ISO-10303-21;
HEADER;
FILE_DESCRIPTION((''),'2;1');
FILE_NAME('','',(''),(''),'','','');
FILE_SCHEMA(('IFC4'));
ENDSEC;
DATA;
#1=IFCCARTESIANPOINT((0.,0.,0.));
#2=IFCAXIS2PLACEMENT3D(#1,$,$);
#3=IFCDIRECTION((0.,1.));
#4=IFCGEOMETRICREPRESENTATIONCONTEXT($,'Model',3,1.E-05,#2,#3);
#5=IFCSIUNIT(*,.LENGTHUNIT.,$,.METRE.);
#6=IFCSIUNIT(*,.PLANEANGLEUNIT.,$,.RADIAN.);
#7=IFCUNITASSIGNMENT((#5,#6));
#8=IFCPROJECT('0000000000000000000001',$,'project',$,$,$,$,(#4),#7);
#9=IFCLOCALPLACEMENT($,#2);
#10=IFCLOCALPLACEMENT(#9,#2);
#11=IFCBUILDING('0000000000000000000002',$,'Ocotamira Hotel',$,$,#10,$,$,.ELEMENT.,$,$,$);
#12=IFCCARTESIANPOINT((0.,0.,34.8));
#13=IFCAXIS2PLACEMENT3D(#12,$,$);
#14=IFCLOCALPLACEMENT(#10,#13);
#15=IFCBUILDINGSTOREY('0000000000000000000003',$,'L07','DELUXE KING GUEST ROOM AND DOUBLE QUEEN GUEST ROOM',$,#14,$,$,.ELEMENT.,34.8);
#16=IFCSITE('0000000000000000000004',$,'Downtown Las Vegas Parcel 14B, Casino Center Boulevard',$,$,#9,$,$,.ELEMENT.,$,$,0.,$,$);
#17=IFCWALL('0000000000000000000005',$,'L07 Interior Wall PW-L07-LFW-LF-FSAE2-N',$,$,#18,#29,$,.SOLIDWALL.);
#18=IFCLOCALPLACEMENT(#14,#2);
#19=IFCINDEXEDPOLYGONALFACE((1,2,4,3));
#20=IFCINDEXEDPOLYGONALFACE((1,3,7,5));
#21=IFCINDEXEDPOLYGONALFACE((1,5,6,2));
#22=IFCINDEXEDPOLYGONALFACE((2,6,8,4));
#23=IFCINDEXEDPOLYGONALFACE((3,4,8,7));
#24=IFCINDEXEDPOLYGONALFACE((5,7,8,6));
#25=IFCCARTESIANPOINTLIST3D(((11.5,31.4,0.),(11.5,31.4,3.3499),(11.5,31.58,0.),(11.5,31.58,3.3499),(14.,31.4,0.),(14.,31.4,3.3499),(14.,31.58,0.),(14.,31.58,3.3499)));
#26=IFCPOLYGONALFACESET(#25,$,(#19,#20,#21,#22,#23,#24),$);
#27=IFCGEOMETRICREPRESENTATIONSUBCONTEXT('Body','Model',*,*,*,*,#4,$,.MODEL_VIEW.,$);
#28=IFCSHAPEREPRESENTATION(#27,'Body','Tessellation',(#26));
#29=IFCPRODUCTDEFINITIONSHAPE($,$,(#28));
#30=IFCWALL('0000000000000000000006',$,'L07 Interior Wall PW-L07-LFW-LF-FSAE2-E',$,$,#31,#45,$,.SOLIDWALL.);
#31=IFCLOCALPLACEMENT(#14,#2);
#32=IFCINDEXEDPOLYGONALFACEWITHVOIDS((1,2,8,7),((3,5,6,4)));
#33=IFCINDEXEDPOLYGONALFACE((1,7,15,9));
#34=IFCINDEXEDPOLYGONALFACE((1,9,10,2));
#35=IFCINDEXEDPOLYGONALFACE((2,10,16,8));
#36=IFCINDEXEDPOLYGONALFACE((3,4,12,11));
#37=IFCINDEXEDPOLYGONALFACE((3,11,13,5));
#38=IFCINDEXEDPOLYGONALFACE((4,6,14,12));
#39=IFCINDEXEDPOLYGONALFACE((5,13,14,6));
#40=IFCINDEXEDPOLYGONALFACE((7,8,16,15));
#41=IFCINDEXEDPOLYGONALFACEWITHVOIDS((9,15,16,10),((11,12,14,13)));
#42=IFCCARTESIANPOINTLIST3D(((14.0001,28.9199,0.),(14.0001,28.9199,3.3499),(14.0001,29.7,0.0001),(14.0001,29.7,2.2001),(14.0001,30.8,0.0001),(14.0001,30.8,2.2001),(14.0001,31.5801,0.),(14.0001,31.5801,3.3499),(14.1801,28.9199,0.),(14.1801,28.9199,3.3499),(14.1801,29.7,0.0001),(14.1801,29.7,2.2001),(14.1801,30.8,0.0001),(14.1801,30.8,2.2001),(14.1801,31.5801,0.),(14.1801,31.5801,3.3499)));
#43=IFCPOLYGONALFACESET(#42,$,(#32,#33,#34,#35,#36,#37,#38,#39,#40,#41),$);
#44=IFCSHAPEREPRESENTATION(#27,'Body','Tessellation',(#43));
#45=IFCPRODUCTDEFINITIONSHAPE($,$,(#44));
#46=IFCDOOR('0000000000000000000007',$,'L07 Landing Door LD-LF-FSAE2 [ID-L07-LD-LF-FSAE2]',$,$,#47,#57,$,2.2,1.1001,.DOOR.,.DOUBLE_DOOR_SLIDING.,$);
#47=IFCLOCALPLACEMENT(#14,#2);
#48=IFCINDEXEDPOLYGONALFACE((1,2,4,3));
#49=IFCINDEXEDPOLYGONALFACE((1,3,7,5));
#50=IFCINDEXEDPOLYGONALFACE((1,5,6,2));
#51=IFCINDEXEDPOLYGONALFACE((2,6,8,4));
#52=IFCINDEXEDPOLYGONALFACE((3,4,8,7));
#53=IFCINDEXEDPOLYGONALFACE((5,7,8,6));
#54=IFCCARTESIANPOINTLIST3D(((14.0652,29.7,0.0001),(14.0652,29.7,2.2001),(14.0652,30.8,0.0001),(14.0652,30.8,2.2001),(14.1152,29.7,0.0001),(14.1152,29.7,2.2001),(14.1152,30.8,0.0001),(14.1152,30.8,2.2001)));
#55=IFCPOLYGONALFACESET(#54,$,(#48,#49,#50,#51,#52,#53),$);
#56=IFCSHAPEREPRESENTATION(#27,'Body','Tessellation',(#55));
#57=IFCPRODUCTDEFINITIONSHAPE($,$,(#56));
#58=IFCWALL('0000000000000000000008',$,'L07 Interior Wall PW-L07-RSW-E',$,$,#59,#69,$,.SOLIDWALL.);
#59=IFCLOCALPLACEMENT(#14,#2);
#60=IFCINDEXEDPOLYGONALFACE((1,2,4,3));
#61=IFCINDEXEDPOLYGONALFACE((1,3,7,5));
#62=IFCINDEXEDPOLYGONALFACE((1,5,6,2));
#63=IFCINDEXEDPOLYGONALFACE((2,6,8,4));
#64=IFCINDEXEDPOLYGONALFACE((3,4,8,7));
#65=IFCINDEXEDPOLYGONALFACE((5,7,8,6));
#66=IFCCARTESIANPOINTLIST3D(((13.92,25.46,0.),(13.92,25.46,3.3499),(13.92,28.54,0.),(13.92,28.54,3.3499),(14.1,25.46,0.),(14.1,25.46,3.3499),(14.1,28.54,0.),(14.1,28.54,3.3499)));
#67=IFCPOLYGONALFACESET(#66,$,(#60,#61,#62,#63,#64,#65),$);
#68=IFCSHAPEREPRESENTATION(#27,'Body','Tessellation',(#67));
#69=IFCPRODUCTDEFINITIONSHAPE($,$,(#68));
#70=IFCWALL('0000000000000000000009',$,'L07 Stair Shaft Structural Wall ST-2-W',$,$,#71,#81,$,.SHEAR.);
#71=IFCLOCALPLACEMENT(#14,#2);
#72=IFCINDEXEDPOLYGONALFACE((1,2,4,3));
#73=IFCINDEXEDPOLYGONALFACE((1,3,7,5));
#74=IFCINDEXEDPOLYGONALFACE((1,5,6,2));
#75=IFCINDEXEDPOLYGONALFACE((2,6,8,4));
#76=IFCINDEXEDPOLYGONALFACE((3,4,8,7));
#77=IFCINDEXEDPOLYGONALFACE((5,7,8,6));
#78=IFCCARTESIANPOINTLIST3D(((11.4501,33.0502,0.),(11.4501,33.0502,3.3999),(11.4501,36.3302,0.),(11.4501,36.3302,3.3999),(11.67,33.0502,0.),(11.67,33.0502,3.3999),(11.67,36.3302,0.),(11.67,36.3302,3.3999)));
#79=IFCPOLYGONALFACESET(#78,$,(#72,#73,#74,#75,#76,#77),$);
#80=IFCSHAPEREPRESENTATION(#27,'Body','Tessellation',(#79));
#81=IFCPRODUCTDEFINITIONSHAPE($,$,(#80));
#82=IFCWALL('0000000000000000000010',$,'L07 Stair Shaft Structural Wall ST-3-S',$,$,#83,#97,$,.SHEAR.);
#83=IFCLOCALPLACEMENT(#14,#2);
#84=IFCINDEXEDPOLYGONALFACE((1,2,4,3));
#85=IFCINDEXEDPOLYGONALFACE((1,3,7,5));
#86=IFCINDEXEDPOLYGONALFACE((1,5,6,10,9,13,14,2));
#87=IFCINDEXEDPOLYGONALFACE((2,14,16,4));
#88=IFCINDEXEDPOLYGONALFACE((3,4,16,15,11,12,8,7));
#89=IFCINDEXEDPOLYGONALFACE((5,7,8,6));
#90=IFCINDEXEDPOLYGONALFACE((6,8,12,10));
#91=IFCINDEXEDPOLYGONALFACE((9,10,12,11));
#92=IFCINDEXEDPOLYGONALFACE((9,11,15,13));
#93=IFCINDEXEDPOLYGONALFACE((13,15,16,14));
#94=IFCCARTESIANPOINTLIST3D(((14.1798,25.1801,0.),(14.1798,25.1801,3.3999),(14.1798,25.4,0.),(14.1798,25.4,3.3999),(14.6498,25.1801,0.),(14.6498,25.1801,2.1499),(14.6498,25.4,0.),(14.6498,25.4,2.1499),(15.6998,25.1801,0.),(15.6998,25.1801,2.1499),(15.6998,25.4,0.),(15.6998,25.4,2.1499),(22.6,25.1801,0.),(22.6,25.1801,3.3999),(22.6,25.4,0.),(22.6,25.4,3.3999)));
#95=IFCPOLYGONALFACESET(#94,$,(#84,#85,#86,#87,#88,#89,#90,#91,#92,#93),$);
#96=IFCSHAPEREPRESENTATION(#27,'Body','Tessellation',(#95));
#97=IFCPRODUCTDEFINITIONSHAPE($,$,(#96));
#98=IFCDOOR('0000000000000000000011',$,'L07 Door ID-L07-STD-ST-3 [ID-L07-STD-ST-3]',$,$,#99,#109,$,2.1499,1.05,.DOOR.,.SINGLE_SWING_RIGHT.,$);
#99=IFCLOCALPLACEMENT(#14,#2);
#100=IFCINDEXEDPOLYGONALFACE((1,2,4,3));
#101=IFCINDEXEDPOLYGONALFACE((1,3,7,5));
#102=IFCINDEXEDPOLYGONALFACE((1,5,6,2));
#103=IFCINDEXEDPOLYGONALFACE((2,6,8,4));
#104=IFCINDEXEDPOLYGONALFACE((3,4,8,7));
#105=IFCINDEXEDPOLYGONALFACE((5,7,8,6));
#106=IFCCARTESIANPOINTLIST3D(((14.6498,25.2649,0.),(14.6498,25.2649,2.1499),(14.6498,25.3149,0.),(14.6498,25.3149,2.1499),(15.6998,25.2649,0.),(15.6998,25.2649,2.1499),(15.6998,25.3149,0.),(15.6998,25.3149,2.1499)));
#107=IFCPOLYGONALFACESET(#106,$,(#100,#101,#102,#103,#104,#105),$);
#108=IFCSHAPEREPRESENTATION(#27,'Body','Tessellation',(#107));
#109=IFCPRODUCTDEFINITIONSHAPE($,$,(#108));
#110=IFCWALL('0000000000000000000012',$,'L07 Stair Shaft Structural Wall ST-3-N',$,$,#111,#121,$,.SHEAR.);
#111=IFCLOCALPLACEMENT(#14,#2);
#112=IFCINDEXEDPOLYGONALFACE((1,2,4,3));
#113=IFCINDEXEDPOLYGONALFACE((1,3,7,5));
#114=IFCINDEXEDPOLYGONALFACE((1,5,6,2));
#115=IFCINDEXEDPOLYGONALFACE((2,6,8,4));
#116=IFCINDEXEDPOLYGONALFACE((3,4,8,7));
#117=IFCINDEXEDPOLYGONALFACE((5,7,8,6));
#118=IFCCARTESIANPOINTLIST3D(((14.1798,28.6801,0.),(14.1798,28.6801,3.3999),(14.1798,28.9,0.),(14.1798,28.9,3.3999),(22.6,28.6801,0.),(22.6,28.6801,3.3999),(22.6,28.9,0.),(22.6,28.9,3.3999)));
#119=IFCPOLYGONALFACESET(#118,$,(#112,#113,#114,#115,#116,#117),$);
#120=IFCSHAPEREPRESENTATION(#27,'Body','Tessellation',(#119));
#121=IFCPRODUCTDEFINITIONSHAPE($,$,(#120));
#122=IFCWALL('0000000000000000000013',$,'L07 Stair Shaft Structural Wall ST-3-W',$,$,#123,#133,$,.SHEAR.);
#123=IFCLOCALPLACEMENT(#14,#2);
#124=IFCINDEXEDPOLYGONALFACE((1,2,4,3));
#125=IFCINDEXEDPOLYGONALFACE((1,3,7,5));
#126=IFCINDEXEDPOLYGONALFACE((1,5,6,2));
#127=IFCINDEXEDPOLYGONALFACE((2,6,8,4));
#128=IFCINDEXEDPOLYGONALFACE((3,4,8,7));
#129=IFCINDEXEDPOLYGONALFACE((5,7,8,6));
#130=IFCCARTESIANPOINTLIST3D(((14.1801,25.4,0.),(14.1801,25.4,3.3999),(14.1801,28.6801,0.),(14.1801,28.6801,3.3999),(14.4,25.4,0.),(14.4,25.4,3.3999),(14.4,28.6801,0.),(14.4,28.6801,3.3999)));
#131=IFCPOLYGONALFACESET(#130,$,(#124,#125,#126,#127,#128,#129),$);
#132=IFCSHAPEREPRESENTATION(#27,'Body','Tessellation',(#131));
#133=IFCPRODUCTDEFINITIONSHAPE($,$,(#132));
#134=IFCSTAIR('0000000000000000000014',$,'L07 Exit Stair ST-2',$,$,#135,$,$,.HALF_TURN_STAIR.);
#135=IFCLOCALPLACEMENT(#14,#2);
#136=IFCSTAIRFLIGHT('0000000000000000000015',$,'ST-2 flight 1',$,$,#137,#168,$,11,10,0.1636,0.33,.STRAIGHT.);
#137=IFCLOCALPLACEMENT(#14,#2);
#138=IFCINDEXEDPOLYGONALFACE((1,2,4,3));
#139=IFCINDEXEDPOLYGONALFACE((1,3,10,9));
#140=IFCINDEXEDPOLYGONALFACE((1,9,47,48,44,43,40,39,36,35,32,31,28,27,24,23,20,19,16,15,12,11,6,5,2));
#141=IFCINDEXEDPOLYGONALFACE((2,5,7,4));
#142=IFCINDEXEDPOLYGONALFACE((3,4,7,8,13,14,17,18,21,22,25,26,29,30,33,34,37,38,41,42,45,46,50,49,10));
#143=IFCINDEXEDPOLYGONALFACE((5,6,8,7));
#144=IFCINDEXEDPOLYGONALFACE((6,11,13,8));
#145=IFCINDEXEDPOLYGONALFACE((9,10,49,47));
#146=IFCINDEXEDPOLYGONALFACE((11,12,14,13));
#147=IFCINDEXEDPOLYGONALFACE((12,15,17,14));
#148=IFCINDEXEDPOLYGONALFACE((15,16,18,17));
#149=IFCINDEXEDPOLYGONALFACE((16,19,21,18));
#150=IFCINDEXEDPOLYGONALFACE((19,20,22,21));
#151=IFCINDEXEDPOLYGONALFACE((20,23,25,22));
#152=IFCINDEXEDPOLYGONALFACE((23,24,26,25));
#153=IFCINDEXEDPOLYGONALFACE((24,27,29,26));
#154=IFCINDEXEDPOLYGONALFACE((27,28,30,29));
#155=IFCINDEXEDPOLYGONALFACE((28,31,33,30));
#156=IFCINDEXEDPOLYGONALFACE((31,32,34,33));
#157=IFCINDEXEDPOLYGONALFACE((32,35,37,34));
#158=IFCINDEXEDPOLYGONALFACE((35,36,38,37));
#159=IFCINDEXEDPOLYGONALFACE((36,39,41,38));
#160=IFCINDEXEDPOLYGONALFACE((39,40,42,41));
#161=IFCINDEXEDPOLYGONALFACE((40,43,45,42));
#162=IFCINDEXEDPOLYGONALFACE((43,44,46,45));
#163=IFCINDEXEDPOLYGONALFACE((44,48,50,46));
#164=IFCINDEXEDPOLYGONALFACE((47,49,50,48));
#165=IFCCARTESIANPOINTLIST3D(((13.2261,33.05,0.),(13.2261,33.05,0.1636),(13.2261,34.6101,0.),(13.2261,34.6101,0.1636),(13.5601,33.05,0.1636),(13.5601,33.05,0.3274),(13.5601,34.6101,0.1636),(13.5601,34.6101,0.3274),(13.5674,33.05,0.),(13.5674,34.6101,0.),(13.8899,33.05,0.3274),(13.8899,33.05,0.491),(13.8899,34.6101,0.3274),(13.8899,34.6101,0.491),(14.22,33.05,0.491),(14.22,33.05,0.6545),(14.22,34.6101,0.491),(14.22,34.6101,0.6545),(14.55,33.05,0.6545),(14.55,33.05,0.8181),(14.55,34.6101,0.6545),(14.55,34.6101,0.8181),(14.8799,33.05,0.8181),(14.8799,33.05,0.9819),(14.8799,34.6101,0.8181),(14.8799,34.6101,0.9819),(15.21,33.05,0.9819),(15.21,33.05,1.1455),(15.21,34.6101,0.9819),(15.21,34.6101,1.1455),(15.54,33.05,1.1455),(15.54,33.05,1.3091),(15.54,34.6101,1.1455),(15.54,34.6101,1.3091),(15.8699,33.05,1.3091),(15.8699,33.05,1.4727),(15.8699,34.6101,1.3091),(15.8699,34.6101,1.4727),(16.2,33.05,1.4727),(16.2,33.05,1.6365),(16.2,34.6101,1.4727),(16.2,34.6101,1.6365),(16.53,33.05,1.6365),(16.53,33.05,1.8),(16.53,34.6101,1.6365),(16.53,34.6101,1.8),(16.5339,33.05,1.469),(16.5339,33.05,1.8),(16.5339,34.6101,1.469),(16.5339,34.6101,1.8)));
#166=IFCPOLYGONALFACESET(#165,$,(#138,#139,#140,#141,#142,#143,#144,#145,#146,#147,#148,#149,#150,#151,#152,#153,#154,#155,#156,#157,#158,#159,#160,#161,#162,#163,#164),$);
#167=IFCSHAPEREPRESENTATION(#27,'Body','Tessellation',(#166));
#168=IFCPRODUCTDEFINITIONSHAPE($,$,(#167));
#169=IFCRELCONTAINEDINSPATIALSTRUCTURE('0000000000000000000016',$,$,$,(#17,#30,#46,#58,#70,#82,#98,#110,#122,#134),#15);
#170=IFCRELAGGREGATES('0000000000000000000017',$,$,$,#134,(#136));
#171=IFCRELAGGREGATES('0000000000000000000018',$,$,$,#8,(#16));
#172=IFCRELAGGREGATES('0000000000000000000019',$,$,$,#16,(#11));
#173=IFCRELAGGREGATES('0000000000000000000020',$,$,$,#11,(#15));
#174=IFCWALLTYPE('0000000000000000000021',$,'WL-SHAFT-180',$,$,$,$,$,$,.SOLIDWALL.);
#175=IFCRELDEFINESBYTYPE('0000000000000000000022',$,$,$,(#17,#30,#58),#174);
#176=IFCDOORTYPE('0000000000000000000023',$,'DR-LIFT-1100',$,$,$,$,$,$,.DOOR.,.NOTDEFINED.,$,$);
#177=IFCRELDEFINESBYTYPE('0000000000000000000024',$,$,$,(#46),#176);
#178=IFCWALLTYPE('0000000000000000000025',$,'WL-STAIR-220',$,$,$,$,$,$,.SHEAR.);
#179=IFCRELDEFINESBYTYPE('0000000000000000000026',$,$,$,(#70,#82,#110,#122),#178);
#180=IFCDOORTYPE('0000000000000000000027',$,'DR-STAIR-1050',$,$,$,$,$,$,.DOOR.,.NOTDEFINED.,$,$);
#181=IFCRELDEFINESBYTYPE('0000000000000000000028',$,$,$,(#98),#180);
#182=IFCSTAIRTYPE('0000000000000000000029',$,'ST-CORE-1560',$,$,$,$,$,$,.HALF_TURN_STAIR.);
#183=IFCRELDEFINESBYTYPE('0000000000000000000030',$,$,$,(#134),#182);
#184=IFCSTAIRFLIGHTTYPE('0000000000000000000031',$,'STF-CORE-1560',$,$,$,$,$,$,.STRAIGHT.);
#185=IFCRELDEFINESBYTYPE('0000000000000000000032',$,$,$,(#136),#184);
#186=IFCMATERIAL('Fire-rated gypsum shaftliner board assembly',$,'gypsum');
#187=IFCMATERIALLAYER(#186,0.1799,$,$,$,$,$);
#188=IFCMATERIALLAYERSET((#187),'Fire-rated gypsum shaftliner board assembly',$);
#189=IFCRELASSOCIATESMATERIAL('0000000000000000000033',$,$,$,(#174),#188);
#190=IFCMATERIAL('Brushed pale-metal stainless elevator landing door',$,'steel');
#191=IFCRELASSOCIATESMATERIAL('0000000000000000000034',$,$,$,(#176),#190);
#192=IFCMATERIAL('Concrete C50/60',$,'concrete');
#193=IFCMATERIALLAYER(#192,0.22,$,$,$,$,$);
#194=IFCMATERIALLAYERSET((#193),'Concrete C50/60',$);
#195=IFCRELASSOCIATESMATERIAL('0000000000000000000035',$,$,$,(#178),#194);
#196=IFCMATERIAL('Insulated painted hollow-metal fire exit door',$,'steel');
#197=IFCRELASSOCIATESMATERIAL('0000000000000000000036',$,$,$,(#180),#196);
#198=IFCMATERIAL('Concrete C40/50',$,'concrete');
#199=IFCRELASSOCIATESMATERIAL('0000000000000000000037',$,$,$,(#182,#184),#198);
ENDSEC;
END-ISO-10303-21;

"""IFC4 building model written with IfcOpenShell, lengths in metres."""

from ifc_helpers import new_model, si_unit, direction, frame, frame_2d, origin, place, context, subcontext, project, spatial, polyline, rectangle, outline, extrude, source, transform, mapped, material, layer, layer_set, type_object, element, fill, aggregate, save


model = new_model("IFC4")

# Units and contexts
model_context = context("Model", 3, precision=1e-05, world=origin(), true_north=direction((0.0, 1.0)))
body_context = subcontext(model_context, "Body", "Model", "MODEL_VIEW")
ifc_project = project(units=[si_unit("LENGTHUNIT", "METRE"), si_unit("PLANEANGLEUNIT", "RADIAN")], contexts=[model_context])

# Site, building, storey
site_placement = place(None, origin())
site = spatial("IfcSite", under=ifc_project, at=site_placement, Name="Downtown Las Vegas Parcel 14B, Casino Center Boulevard", CompositionType="ELEMENT", RefElevation=0.0)
building_placement = place(site_placement, origin())
building = spatial("IfcBuilding", under=site, at=building_placement, Name="Ocotamira Hotel", CompositionType="ELEMENT")
storey_placement = place(building_placement, frame((0.0, 0.0, 34.8)))
storey = spatial("IfcBuildingStorey", under=building, at=storey_placement, Name="L07", Description="DELUXE KING GUEST ROOM AND DOUBLE QUEEN GUEST ROOM", CompositionType="ELEMENT", Elevation=34.8)

# Wall
ifc_material_1 = material(Name="Fire-rated gypsum shaftliner board assembly", Category="gypsum")
ifc_layer_1 = layer(ifc_material_1, 0.1799)
ifc_layer_set_1 = layer_set([ifc_layer_1], Name="Fire-rated gypsum shaftliner board assembly")
wall_type_1 = type_object("IfcWallType", Name="WL-SHAFT-180", PredefinedType="SOLIDWALL", material=ifc_layer_set_1)
wall_1_placement = place(storey_placement, frame((11.5, 31.49, 0.0), z_axis=(0.0, 0.0, 1.0), x_axis=(1.0, 0.0, 0.0)))
element("IfcWall", 1, at=wall_1_placement, inside=storey, type_object=wall_type_1, Name="L07 Interior Wall PW-L07-LFW-LF-FSAE2-N", PredefinedType="SOLIDWALL", context=body_context, shape_type="SweptSolid", body=[
    extrude(rectangle(XDim=2.5, YDim=0.1799, at=frame_2d((1.25, 0.0))), origin(), (0.0, 0.0, 1.0), 3.3499),
])

# Wall, opening, door
wall_2_placement = place(storey_placement, frame((14.0901, 28.9199, 0.0), z_axis=(0.0, 0.0, 1.0), x_axis=(0.0, 1.0, 0.0)))
wall_2 = element("IfcWall", 2, at=wall_2_placement, inside=storey, type_object=wall_type_1, Name="L07 Interior Wall PW-L07-LFW-LF-FSAE2-E", PredefinedType="SOLIDWALL", context=body_context, shape_type="SweptSolid", body=[
    extrude(rectangle(XDim=2.6602, YDim=0.1799, at=frame_2d((1.3301, 0.0))), origin(), (0.0, 0.0, 1.0), 3.3499),
])
opening_1_placement = place(wall_2_placement, frame((0.78, 0.0, 0.0)))
opening_1 = element("IfcOpeningElement", 3, at=opening_1_placement, cuts=wall_2, PredefinedType="OPENING", context=body_context, shape_type="SweptSolid", body=[
    extrude(rectangle(XDim=1.1001, YDim=2.2, at=frame_2d((0.55, 1.1001))), frame((0.0, 0.1001, 0.0), z_axis=(0.0, -1.0, 0.0), x_axis=(1.0, 0.0, 0.0)), (0.0, 0.0, 1.0), 0.2),
])
ifc_material_2 = material(Name="Brushed pale-metal stainless elevator landing door", Category="steel")
door_type_1 = type_object("IfcDoorType", Name="DR-LIFT-1100", OperationType="NOTDEFINED", PredefinedType="DOOR", material=ifc_material_2)
shared_shape_1 = source(origin(), body_context, "Body", "SweptSolid", [
    extrude(rectangle(XDim=1.1001, YDim=2.2, at=frame_2d((0.55, 1.1001))), frame((0.0, 0.0249, 0.0), z_axis=(0.0, -1.0, 0.0), x_axis=(1.0, 0.0, 0.0)), (0.0, 0.0, 1.0), 0.05),
])
door_1_placement = place(opening_1_placement, origin())
door_1 = element("IfcDoor", 4, at=door_1_placement, inside=storey, type_object=door_type_1, Name="L07 Landing Door LD-LF-FSAE2 [ID-L07-LD-LF-FSAE2]", OperationType="DOUBLE_DOOR_SLIDING", OverallHeight=2.2, OverallWidth=1.1001, PredefinedType="DOOR", context=body_context, shape_type="MappedRepresentation", body=[
    mapped(shared_shape_1, transform((0.0, 0.0, 0.0), scale=1.0)),
])
fill(opening_1, door_1)

# Walls
wall_3_placement = place(storey_placement, frame((14.01, 25.46, 0.0), z_axis=(0.0, 0.0, 1.0), x_axis=(0.0, 1.0, 0.0)))
element("IfcWall", 5, at=wall_3_placement, inside=storey, type_object=wall_type_1, Name="L07 Interior Wall PW-L07-RSW-E", PredefinedType="SOLIDWALL", context=body_context, shape_type="SweptSolid", body=[
    extrude(rectangle(XDim=3.0801, YDim=0.1799, at=frame_2d((1.54, 0.0))), origin(), (0.0, 0.0, 1.0), 3.3499),
])
ifc_material_3 = material(Name="Concrete C50/60", Category="concrete")
ifc_layer_2 = layer(ifc_material_3, 0.22)
ifc_layer_set_2 = layer_set([ifc_layer_2], Name="Concrete C50/60")
wall_type_2 = type_object("IfcWallType", Name="WL-STAIR-220", PredefinedType="SHEAR", material=ifc_layer_set_2)
wall_4_placement = place(storey_placement, frame((11.5601, 33.05, 0.0), z_axis=(0.0, 0.0, 1.0), x_axis=(0.0, 1.0, 0.0)))
element("IfcWall", 6, at=wall_4_placement, inside=storey, type_object=wall_type_2, Name="L07 Stair Shaft Structural Wall ST-2-W", PredefinedType="SHEAR", context=body_context, shape_type="SweptSolid", body=[
    extrude(rectangle(XDim=3.28, YDim=0.22, at=frame_2d((1.6401, 0.0))), origin(), (0.0, 0.0, 1.0), 3.3999),
])

# Wall, opening, door
wall_5_placement = place(storey_placement, frame((14.1799, 25.29, 0.0), z_axis=(0.0, 0.0, 1.0), x_axis=(1.0, 0.0, 0.0)))
wall_5 = element("IfcWall", 7, at=wall_5_placement, inside=storey, type_object=wall_type_2, Name="L07 Stair Shaft Structural Wall ST-3-S", PredefinedType="SHEAR", context=body_context, shape_type="SweptSolid", body=[
    extrude(rectangle(XDim=8.4202, YDim=0.22, at=frame_2d((4.21, 0.0))), origin(), (0.0, 0.0, 1.0), 3.3999),
])
opening_2_placement = place(wall_5_placement, frame((0.47, 0.0, 0.0)))
opening_2 = element("IfcOpeningElement", 8, at=opening_2_placement, cuts=wall_5, PredefinedType="OPENING", context=body_context, shape_type="SweptSolid", body=[
    extrude(rectangle(XDim=1.05, YDim=2.1499, at=frame_2d((0.5249, 1.075))), frame((0.0, 0.1201, 0.0), z_axis=(0.0, -1.0, 0.0), x_axis=(1.0, 0.0, 0.0)), (0.0, 0.0, 1.0), 0.24),
])
ifc_material_4 = material(Name="Insulated painted hollow-metal fire exit door", Category="steel")
door_type_2 = type_object("IfcDoorType", Name="DR-STAIR-1050", OperationType="NOTDEFINED", PredefinedType="DOOR", material=ifc_material_4)
shared_shape_2 = source(origin(), body_context, "Body", "SweptSolid", [
    extrude(rectangle(XDim=1.05, YDim=2.1499, at=frame_2d((0.5249, 1.075))), frame((0.0, 0.0249, 0.0), z_axis=(0.0, -1.0, 0.0), x_axis=(1.0, 0.0, 0.0)), (0.0, 0.0, 1.0), 0.05),
])
door_2_placement = place(opening_2_placement, origin())
door_2 = element("IfcDoor", 9, at=door_2_placement, inside=storey, type_object=door_type_2, Name="L07 Door ID-L07-STD-ST-3 [ID-L07-STD-ST-3]", OperationType="SINGLE_SWING_RIGHT", OverallHeight=2.1499, OverallWidth=1.05, PredefinedType="DOOR", context=body_context, shape_type="MappedRepresentation", body=[
    mapped(shared_shape_2, transform((0.0, 0.0, 0.0), scale=1.0)),
])
fill(opening_2, door_2)

# Walls
wall_6_placement = place(storey_placement, frame((14.1799, 28.79, 0.0), z_axis=(0.0, 0.0, 1.0), x_axis=(1.0, 0.0, 0.0)))
element("IfcWall", 10, at=wall_6_placement, inside=storey, type_object=wall_type_2, Name="L07 Stair Shaft Structural Wall ST-3-N", PredefinedType="SHEAR", context=body_context, shape_type="SweptSolid", body=[
    extrude(rectangle(XDim=8.4202, YDim=0.22, at=frame_2d((4.21, 0.0))), origin(), (0.0, 0.0, 1.0), 3.3999),
])
wall_7_placement = place(storey_placement, frame((14.29, 25.3999, 0.0), z_axis=(0.0, 0.0, 1.0), x_axis=(0.0, 1.0, 0.0)))
element("IfcWall", 11, at=wall_7_placement, inside=storey, type_object=wall_type_2, Name="L07 Stair Shaft Structural Wall ST-3-W", PredefinedType="SHEAR", context=body_context, shape_type="SweptSolid", body=[
    extrude(rectangle(XDim=3.28, YDim=0.22, at=frame_2d((1.6401, 0.0))), origin(), (0.0, 0.0, 1.0), 3.3999),
])

# Stair, stair flight
ifc_material_5 = material(Name="Concrete C40/50", Category="concrete")
stair_type = type_object("IfcStairType", Name="ST-CORE-1560", PredefinedType="HALF_TURN_STAIR", material=ifc_material_5)
stair_1_placement = place(storey_placement, origin())
stair_1 = element("IfcStair", 12, at=stair_1_placement, inside=storey, type_object=stair_type, Name="L07 Exit Stair ST-2", PredefinedType="HALF_TURN_STAIR")
stair_flight_type = type_object("IfcStairFlightType", Name="STF-CORE-1560", PredefinedType="STRAIGHT", material=ifc_material_5)
shared_shape_3 = source(origin(), body_context, "Body", "SweptSolid", [
    extrude(outline(polyline([(-0.0039, 0.0), (-0.0039, 0.1636), (0.3301, 0.1636), (0.3301, 0.3274), (0.6599, 0.3274), (0.6599, 0.491), (0.99, 0.491), (0.99, 0.6545), (1.3201, 0.6545), (1.3201, 0.8181), (1.6499, 0.8181), (1.6499, 0.9819), (1.98, 0.9819), (1.98, 1.1455), (2.3101, 1.1455), (2.3101, 1.3091), (2.6399, 1.3091), (2.6399, 1.4727), (2.97, 1.4727), (2.97, 1.6365), (3.3, 1.6365), (3.3, 1.8), (3.304, 1.8), (3.304, 1.469), (0.3374, 0.0), (-0.0039, 0.0)])), frame((0.0, 0.78, 0.0), z_axis=(0.0, -1.0, 0.0), x_axis=(1.0, 0.0, 0.0)), (0.0, 0.0, 1.0), 1.5601),
])
stair_flight_1_placement = place(storey_placement, frame((13.23, 33.8301, 0.0), z_axis=(0.0, 0.0, 1.0), x_axis=(1.0, 0.0, 0.0)))
stair_flight_1 = element("IfcStairFlight", 13, at=stair_flight_1_placement, type_object=stair_flight_type, Name="ST-2 flight 1", NumberOfRisers=11, NumberOfTreads=10, PredefinedType="STRAIGHT", RiserHeight=0.1636, TreadLength=0.33, context=body_context, shape_type="MappedRepresentation", body=[
    mapped(shared_shape_3, transform((0.0, 0.0, 0.0), scale=1.0)),
])
aggregate(stair_1, [stair_flight_1])

save(model, "model.ifc")
